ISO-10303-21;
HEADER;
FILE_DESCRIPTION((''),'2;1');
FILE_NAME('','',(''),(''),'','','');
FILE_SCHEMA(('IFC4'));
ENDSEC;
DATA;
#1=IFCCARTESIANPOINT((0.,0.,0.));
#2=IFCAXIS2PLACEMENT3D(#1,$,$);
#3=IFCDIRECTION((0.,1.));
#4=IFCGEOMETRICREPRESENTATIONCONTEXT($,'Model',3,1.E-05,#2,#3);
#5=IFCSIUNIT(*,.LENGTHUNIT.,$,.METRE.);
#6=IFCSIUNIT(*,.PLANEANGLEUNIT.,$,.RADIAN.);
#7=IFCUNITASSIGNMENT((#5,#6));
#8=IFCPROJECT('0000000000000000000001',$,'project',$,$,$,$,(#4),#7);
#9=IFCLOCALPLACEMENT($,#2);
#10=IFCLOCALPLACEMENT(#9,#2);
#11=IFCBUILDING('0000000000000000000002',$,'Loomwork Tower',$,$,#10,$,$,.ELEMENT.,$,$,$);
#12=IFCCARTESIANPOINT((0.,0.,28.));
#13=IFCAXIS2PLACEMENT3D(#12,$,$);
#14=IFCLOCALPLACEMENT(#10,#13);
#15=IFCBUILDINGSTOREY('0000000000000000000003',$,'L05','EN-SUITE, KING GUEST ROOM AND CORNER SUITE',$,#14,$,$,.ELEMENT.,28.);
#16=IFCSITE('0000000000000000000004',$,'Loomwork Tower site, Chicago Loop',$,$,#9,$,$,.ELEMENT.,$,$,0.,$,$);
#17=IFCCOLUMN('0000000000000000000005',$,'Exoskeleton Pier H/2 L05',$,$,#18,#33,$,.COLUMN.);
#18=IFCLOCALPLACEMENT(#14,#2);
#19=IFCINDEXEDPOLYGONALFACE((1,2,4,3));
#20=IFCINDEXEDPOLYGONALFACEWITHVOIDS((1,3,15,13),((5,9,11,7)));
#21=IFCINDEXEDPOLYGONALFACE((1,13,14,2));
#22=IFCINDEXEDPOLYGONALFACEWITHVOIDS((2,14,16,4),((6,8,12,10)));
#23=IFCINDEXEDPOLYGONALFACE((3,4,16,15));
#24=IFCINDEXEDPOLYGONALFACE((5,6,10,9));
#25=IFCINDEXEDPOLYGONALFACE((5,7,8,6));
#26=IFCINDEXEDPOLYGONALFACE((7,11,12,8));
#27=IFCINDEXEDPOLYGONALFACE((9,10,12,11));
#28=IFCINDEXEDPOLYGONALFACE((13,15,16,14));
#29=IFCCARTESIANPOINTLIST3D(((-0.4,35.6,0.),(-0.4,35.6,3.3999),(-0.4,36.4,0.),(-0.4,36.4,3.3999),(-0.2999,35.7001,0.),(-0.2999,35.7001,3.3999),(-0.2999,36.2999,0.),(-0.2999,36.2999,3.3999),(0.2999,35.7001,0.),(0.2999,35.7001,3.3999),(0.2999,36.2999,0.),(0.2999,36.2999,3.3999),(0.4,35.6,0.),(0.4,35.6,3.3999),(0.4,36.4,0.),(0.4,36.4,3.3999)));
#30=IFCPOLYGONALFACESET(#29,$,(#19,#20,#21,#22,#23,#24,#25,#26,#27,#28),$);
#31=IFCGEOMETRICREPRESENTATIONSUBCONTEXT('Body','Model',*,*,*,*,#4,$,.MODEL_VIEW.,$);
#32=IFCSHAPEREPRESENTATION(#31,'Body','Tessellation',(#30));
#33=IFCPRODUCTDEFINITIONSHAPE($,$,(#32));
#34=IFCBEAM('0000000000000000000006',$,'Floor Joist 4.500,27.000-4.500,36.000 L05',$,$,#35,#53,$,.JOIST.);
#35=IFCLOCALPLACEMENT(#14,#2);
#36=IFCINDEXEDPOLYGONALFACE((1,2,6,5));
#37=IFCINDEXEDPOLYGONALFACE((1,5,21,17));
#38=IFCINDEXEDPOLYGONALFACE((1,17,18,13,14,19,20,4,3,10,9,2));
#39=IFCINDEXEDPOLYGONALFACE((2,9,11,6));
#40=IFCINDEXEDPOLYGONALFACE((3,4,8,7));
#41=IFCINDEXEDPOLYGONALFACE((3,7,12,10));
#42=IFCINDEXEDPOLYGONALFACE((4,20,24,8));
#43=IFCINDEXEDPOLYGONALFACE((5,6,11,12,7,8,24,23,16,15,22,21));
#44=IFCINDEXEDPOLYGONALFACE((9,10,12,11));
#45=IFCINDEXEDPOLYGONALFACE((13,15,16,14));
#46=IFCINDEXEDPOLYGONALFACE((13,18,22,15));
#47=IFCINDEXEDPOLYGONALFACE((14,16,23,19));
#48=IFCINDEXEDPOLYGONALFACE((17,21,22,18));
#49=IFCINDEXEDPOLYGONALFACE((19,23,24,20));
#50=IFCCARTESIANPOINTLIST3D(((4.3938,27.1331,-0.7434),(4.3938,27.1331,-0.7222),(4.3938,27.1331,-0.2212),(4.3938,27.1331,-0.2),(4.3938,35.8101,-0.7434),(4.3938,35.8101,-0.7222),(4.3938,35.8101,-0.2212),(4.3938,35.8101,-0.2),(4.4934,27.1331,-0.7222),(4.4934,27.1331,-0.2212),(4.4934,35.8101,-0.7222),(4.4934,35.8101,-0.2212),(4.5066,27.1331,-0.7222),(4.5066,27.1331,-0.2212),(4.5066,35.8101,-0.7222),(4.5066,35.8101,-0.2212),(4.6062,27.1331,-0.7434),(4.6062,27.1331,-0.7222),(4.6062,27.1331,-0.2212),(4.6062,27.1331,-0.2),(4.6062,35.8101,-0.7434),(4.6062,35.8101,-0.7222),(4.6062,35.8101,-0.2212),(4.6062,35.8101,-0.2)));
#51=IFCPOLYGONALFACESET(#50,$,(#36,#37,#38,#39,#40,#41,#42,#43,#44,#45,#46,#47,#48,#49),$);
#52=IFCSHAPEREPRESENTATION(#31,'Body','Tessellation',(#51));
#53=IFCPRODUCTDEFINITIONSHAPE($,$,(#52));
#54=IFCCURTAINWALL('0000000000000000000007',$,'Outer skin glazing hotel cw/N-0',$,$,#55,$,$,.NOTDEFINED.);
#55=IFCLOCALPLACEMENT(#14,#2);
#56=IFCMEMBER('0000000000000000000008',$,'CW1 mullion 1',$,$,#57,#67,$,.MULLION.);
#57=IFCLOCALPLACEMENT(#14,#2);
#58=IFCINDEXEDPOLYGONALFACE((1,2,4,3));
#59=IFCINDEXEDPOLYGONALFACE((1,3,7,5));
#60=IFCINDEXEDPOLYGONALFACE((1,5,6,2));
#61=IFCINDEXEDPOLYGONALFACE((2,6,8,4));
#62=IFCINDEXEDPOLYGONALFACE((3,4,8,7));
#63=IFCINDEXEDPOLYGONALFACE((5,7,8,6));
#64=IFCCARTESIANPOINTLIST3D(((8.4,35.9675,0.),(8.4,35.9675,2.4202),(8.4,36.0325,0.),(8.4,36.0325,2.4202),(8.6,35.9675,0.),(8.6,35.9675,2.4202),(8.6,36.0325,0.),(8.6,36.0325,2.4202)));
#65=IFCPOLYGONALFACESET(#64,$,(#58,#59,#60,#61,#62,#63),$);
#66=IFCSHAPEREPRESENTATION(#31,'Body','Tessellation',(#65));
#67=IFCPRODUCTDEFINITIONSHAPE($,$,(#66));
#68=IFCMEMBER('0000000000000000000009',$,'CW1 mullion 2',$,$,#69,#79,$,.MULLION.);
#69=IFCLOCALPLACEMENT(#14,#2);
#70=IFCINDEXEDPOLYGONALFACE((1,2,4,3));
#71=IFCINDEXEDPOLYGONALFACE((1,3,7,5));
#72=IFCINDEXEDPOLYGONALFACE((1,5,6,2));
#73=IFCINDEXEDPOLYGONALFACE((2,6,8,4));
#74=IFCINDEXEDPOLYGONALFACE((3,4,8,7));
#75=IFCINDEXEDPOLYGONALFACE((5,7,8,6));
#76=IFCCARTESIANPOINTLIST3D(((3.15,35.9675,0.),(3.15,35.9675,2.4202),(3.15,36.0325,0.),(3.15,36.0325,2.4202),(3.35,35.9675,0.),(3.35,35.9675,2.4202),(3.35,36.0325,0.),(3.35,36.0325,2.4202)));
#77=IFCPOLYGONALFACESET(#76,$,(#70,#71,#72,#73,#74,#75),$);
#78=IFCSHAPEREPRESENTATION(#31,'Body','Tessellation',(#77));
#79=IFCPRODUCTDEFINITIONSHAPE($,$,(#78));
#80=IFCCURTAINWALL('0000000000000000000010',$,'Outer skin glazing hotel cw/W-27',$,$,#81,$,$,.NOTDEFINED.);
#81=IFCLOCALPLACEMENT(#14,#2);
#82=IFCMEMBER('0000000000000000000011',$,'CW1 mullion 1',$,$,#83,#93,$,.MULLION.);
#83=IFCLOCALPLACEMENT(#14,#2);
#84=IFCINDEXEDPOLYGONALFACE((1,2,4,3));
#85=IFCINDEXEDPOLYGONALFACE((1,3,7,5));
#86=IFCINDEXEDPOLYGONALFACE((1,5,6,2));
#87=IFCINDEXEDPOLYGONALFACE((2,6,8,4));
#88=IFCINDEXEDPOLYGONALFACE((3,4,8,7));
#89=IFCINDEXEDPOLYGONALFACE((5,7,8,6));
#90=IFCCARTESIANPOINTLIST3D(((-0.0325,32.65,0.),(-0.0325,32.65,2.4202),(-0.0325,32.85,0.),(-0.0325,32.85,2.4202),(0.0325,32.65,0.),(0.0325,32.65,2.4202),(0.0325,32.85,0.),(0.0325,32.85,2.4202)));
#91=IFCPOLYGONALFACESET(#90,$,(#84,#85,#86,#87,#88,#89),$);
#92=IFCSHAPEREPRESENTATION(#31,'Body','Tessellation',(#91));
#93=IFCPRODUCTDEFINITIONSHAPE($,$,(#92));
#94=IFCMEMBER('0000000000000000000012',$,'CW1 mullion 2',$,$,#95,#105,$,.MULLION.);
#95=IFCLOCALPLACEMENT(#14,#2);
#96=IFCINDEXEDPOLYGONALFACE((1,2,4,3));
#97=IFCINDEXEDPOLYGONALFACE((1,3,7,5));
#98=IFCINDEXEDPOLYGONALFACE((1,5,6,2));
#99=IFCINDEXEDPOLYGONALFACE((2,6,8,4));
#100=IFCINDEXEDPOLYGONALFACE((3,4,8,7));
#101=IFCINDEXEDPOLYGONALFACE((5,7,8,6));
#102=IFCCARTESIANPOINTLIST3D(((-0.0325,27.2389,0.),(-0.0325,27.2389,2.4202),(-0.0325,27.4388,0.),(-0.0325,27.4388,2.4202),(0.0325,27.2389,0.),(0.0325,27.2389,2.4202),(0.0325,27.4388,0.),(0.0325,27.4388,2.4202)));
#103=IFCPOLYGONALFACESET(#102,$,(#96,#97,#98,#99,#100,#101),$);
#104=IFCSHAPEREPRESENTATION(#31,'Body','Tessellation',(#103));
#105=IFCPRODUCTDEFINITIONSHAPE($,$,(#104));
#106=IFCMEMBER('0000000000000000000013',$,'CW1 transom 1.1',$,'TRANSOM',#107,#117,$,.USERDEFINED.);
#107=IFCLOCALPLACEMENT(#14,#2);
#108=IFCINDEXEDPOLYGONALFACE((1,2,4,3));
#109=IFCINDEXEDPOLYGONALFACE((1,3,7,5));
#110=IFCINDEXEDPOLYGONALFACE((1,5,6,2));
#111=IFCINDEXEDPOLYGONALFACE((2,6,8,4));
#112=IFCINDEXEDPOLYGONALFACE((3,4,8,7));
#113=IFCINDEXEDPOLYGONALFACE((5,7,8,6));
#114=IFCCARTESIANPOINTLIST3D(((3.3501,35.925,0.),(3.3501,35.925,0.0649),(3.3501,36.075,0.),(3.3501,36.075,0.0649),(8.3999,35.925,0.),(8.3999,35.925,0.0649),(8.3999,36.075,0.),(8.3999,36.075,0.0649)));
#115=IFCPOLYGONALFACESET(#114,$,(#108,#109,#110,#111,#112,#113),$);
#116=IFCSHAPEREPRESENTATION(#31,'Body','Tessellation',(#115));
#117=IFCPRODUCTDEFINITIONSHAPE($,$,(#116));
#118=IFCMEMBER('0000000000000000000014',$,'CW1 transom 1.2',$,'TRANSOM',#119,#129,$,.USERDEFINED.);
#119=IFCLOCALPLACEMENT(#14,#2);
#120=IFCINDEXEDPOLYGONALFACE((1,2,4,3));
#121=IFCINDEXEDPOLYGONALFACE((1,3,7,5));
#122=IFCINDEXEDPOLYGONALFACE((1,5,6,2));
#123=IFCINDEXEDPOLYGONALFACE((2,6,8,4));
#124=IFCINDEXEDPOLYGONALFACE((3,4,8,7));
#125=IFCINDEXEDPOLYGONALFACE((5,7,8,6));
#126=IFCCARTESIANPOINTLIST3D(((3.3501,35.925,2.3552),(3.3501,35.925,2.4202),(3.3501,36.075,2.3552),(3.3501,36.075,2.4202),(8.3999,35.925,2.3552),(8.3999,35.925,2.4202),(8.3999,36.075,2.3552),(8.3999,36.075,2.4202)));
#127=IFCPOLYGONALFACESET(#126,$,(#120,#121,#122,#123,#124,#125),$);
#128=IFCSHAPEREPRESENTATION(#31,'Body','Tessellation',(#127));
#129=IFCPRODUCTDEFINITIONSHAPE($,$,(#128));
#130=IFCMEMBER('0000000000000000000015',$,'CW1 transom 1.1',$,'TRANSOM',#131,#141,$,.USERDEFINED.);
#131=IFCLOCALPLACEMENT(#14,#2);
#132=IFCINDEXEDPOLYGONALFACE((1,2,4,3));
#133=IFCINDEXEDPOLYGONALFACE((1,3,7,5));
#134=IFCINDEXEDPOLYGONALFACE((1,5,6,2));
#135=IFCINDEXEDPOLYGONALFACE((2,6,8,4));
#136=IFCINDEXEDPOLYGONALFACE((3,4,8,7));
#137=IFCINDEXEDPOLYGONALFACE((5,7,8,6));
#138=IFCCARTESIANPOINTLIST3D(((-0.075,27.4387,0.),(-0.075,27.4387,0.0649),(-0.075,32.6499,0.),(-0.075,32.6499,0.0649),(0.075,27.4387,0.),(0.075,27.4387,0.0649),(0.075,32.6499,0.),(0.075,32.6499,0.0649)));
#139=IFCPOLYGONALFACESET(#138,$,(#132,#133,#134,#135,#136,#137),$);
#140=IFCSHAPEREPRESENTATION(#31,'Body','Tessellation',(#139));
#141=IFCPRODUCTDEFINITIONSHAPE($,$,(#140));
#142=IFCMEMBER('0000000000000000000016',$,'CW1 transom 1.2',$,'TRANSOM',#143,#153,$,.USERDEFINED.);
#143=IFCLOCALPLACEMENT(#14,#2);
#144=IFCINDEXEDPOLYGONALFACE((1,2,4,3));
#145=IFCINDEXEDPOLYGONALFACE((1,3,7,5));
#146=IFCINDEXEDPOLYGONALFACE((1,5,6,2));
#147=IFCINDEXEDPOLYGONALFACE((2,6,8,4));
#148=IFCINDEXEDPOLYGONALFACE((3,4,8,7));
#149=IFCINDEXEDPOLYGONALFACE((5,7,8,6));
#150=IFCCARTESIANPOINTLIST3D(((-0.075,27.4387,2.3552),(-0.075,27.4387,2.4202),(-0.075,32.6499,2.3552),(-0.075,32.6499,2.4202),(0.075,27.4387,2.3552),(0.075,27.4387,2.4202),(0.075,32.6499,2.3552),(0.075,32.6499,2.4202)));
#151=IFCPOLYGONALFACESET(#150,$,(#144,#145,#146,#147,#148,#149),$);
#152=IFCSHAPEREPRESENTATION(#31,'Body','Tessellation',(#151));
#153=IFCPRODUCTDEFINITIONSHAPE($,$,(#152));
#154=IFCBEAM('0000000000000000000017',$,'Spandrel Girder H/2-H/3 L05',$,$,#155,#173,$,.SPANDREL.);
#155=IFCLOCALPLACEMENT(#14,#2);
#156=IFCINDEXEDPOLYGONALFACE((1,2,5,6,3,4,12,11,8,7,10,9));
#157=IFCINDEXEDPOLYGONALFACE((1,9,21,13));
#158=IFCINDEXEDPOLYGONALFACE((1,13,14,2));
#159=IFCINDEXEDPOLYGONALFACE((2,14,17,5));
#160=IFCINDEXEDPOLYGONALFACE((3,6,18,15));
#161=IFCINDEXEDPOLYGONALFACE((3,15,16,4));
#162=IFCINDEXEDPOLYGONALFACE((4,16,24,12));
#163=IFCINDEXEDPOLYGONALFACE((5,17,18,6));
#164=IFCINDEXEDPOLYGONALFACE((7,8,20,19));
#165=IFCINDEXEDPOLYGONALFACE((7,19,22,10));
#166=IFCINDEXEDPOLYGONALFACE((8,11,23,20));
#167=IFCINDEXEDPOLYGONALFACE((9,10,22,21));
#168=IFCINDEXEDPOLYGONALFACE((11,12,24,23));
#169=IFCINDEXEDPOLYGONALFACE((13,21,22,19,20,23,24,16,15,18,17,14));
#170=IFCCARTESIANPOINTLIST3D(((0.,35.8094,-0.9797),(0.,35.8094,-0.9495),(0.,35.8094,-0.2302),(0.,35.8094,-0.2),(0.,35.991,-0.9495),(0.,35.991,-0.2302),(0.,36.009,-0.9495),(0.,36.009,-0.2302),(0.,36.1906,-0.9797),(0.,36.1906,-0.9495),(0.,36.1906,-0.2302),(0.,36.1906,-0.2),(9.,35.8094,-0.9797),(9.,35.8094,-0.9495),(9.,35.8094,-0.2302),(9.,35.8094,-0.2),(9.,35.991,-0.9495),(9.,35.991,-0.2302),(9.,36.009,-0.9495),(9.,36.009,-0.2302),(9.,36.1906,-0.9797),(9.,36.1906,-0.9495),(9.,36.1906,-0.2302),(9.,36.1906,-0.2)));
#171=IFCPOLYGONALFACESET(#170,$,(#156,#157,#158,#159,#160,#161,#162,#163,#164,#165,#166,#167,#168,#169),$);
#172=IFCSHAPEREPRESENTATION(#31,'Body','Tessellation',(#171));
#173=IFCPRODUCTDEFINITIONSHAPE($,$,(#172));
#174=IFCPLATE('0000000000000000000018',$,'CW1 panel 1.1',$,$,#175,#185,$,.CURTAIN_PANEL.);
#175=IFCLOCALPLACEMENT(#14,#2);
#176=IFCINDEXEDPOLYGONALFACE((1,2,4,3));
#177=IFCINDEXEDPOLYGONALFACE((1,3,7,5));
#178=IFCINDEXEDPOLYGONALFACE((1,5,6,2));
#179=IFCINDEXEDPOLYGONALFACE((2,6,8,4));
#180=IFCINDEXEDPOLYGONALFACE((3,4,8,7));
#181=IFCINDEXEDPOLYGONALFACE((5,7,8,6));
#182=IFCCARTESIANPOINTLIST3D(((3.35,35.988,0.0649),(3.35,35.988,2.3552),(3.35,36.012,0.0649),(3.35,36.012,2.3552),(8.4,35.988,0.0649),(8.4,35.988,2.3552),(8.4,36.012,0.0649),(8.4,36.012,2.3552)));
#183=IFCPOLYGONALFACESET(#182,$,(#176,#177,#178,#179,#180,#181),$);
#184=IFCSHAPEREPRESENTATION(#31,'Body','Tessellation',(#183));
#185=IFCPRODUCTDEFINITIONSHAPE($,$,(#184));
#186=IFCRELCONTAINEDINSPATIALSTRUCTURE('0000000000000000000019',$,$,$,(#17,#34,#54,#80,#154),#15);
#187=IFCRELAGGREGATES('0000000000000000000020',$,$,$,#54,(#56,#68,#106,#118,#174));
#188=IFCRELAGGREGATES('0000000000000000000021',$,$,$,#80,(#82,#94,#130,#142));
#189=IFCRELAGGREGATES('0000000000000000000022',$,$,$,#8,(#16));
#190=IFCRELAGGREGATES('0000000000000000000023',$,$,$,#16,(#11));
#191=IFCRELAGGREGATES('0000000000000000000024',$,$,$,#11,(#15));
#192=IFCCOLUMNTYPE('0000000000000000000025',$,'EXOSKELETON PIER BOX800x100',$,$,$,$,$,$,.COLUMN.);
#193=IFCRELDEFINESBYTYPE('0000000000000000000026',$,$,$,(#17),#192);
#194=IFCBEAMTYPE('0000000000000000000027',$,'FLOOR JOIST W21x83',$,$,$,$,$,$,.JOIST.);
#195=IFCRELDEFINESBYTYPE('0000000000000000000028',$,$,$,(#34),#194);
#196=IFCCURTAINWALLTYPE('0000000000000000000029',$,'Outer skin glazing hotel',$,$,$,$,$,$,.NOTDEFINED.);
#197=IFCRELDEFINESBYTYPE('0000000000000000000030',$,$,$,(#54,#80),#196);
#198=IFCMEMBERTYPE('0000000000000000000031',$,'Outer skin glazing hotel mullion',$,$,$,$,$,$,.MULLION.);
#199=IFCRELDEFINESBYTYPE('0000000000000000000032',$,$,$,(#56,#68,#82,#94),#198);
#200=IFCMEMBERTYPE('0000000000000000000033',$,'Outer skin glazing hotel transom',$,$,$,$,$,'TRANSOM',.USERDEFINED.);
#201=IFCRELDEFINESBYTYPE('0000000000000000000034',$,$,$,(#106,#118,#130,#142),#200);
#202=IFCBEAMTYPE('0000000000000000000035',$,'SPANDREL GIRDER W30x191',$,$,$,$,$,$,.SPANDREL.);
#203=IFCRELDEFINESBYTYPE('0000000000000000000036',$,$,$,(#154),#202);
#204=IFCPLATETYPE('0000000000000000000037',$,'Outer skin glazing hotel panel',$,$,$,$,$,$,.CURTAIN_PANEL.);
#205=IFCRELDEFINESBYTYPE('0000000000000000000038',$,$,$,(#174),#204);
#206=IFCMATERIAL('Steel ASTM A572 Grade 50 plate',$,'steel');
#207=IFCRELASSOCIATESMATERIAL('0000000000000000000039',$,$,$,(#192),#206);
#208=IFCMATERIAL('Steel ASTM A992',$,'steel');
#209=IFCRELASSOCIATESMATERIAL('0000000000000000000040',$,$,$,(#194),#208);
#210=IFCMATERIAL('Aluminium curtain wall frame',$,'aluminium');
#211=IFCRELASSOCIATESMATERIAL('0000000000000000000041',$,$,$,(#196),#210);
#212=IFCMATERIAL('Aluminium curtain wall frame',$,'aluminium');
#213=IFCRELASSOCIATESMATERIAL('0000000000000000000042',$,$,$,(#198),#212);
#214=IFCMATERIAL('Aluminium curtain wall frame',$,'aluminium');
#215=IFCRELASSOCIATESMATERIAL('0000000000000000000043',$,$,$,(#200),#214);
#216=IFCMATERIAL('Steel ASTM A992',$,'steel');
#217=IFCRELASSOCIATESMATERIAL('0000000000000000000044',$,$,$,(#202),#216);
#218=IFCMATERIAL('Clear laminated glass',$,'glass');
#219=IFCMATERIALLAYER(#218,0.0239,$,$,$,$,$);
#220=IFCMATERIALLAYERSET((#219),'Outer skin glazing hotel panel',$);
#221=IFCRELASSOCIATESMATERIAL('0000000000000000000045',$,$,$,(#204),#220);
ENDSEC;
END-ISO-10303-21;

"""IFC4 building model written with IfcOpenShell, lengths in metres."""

from ifc_helpers import new_model, si_unit, direction, frame, origin, origin_2d, place, context, subcontext, project, spatial, rectangle, hollow_rectangle, i_section, extrude, material, layer, layer_set, material_profile, profile_set, type_object, element, aggregate, save


model = new_model("IFC4")

# Units and contexts
model_context = context("Model", 3, precision=1e-05, world=origin(), true_north=direction((0.0, 1.0)))
body_context = subcontext(model_context, "Body", "Model", "MODEL_VIEW")
ifc_project = project(units=[si_unit("LENGTHUNIT", "METRE"), si_unit("PLANEANGLEUNIT", "RADIAN")], contexts=[model_context])

# Site, building, storey
site_placement = place(None, origin())
site = spatial("IfcSite", under=ifc_project, at=site_placement, Name="Loomwork Tower site, Chicago Loop", CompositionType="ELEMENT", RefElevation=0.0)
building_placement = place(site_placement, origin())
building = spatial("IfcBuilding", under=site, at=building_placement, Name="Loomwork Tower", CompositionType="ELEMENT")
storey_placement = place(building_placement, frame((0.0, 0.0, 28.0)))
storey = spatial("IfcBuildingStorey", under=building, at=storey_placement, Name="L05", Description="EN-SUITE, KING GUEST ROOM AND CORNER SUITE", CompositionType="ELEMENT", Elevation=28.0)

# Column
ifc_material_1 = material(Name="Steel ASTM A572 Grade 50 plate", Category="steel")
ifc_material_profile_1 = material_profile(ifc_material_1, hollow_rectangle(XDim=0.8, YDim=0.8, WallThickness=0.1001, at=origin_2d()), Name="BOX800x100")
ifc_profile_set_1 = profile_set([ifc_material_profile_1], Name="Steel ASTM A572 Grade 50 plate")
column_type = type_object("IfcColumnType", Name="EXOSKELETON PIER BOX800x100", PredefinedType="COLUMN", material=ifc_profile_set_1)
column_placement = place(storey_placement, frame((0.0, 36.0, 0.0), z_axis=(0.0, 0.0, 1.0), x_axis=(1.0, 0.0, 0.0)))
element("IfcColumn", 1, at=column_placement, inside=storey, type_object=column_type, Name="Exoskeleton Pier H/2 L05", PredefinedType="COLUMN", context=body_context, shape_type="SweptSolid", body=[
    extrude(hollow_rectangle(XDim=0.8, YDim=0.8, WallThickness=0.1001, at=origin_2d()), origin(), (0.0, 0.0, 1.0), 3.3999),
])

# Beam
ifc_material_2 = material(Name="Steel ASTM A992", Category="steel")
ifc_material_profile_2 = material_profile(ifc_material_2, i_section(OverallWidth=0.2124, OverallDepth=0.5435, WebThickness=0.0132, FlangeThickness=0.0212, at=origin_2d()), Name="W21x83")
ifc_profile_set_2 = profile_set([ifc_material_profile_2], Name="Steel ASTM A992")
beam_type_1 = type_object("IfcBeamType", Name="FLOOR JOIST W21x83", PredefinedType="JOIST", material=ifc_profile_set_2)
beam_1_placement = place(storey_placement, frame((4.5, 27.1331, -0.4717), z_axis=(0.0, 1.0, 0.0), x_axis=(-1.0, 0.0, 0.0)))
element("IfcBeam", 2, at=beam_1_placement, inside=storey, type_object=beam_type_1, Name="Floor Joist 4.500,27.000-4.500,36.000 L05", PredefinedType="JOIST", context=body_context, shape_type="SweptSolid", body=[
    extrude(i_section(OverallWidth=0.2124, OverallDepth=0.5435, WebThickness=0.0132, FlangeThickness=0.0212, at=origin_2d()), origin(), (0.0, 0.0, 1.0), 8.677),
])

# Curtain walls, members
ifc_material_3 = material(Name="Aluminium curtain wall frame", Category="aluminium")
curtain_wall_type = type_object("IfcCurtainWallType", Name="Outer skin glazing hotel", PredefinedType="NOTDEFINED", material=ifc_material_3)
curtain_wall_1_placement = place(storey_placement, origin())
curtain_wall_1 = element("IfcCurtainWall", 3, at=curtain_wall_1_placement, inside=storey, type_object=curtain_wall_type, Name="Outer skin glazing hotel cw/N-0", PredefinedType="NOTDEFINED")
ifc_material_4 = material(Name="Aluminium curtain wall frame", Category="aluminium")
ifc_material_profile_3 = material_profile(ifc_material_4, rectangle(XDim=0.0649, YDim=0.2, at=origin_2d()), Name="AL 65x200")
ifc_profile_set_3 = profile_set([ifc_material_profile_3], Name="Aluminium curtain wall frame")
member_type_1 = type_object("IfcMemberType", Name="Outer skin glazing hotel mullion", PredefinedType="MULLION", material=ifc_profile_set_3)
member_1_placement = place(storey_placement, frame((8.5, 36.0, 0.0), z_axis=(0.0, 0.0, 1.0), x_axis=(0.0, -1.0, 0.0)))
member_1 = element("IfcMember", 4, at=member_1_placement, type_object=member_type_1, Name="CW1 mullion 1", PredefinedType="MULLION", context=body_context, shape_type="SweptSolid", body=[
    extrude(rectangle(XDim=0.0649, YDim=0.2, at=origin_2d()), origin(), (0.0, 0.0, 1.0), 2.4202),
])
member_2_placement = place(storey_placement, frame((3.25, 36.0, 0.0), z_axis=(0.0, 0.0, 1.0), x_axis=(0.0, -1.0, 0.0)))
member_2 = element("IfcMember", 5, at=member_2_placement, type_object=member_type_1, Name="CW1 mullion 2", PredefinedType="MULLION", context=body_context, shape_type="SweptSolid", body=[
    extrude(rectangle(XDim=0.0649, YDim=0.2, at=origin_2d()), origin(), (0.0, 0.0, 1.0), 2.4202),
])
curtain_wall_2_placement = place(storey_placement, origin())
curtain_wall_2 = element("IfcCurtainWall", 6, at=curtain_wall_2_placement, inside=storey, type_object=curtain_wall_type, Name="Outer skin glazing hotel cw/W-27", PredefinedType="NOTDEFINED")
member_3_placement = place(storey_placement, frame((0.0, 32.75, 0.0), z_axis=(0.0, 0.0, 1.0), x_axis=(1.0, 0.0, 0.0)))
member_3 = element("IfcMember", 7, at=member_3_placement, type_object=member_type_1, Name="CW1 mullion 1", PredefinedType="MULLION", context=body_context, shape_type="SweptSolid", body=[
    extrude(rectangle(XDim=0.0649, YDim=0.2, at=origin_2d()), origin(), (0.0, 0.0, 1.0), 2.4202),
])
member_4_placement = place(storey_placement, frame((0.0, 27.3389, 0.0), z_axis=(0.0, 0.0, 1.0), x_axis=(1.0, 0.0, 0.0)))
member_4 = element("IfcMember", 8, at=member_4_placement, type_object=member_type_1, Name="CW1 mullion 2", PredefinedType="MULLION", context=body_context, shape_type="SweptSolid", body=[
    extrude(rectangle(XDim=0.0649, YDim=0.2, at=origin_2d()), origin(), (0.0, 0.0, 1.0), 2.4202),
])

# Members
ifc_material_5 = material(Name="Aluminium curtain wall frame", Category="aluminium")
ifc_material_profile_4 = material_profile(ifc_material_5, rectangle(XDim=0.1499, YDim=0.0649, at=origin_2d()), Name="AL 65x150")
ifc_profile_set_4 = profile_set([ifc_material_profile_4], Name="Aluminium curtain wall frame")
member_type_2 = type_object("IfcMemberType", Name="Outer skin glazing hotel transom", ElementType="TRANSOM", PredefinedType="USERDEFINED", material=ifc_profile_set_4)
member_5_placement = place(storey_placement, frame((8.3999, 36.0, 0.0325), z_axis=(-1.0, 0.0, 0.0), x_axis=(0.0, -1.0, 0.0)))
member_5 = element("IfcMember", 9, at=member_5_placement, type_object=member_type_2, Name="CW1 transom 1.1", ObjectType="TRANSOM", PredefinedType="USERDEFINED", context=body_context, shape_type="SweptSolid", body=[
    extrude(rectangle(XDim=0.1499, YDim=0.0649, at=origin_2d()), origin(), (0.0, 0.0, 1.0), 5.0498),
])
member_6_placement = place(storey_placement, frame((8.3999, 36.0, 2.3877), z_axis=(-1.0, 0.0, 0.0), x_axis=(0.0, -1.0, 0.0)))
member_6 = element("IfcMember", 10, at=member_6_placement, type_object=member_type_2, Name="CW1 transom 1.2", ObjectType="TRANSOM", PredefinedType="USERDEFINED", context=body_context, shape_type="SweptSolid", body=[
    extrude(rectangle(XDim=0.1499, YDim=0.0649, at=origin_2d()), origin(), (0.0, 0.0, 1.0), 5.0498),
])
member_7_placement = place(storey_placement, frame((0.0, 32.6499, 0.0325), z_axis=(0.0, -1.0, 0.0), x_axis=(1.0, 0.0, 0.0)))
member_7 = element("IfcMember", 11, at=member_7_placement, type_object=member_type_2, Name="CW1 transom 1.1", ObjectType="TRANSOM", PredefinedType="USERDEFINED", context=body_context, shape_type="SweptSolid", body=[
    extrude(rectangle(XDim=0.1499, YDim=0.0649, at=origin_2d()), origin(), (0.0, 0.0, 1.0), 5.2112),
])
member_8_placement = place(storey_placement, frame((0.0, 32.6499, 2.3877), z_axis=(0.0, -1.0, 0.0), x_axis=(1.0, 0.0, 0.0)))
member_8 = element("IfcMember", 12, at=member_8_placement, type_object=member_type_2, Name="CW1 transom 1.2", ObjectType="TRANSOM", PredefinedType="USERDEFINED", context=body_context, shape_type="SweptSolid", body=[
    extrude(rectangle(XDim=0.1499, YDim=0.0649, at=origin_2d()), origin(), (0.0, 0.0, 1.0), 5.2112),
])

# Beam
ifc_material_6 = material(Name="Steel ASTM A992", Category="steel")
ifc_material_profile_5 = material_profile(ifc_material_6, i_section(OverallWidth=0.3811, OverallDepth=0.7798, WebThickness=0.0181, FlangeThickness=0.0303, at=origin_2d()), Name="W30x191")
ifc_profile_set_5 = profile_set([ifc_material_profile_5], Name="Steel ASTM A992")
beam_type_2 = type_object("IfcBeamType", Name="SPANDREL GIRDER W30x191", PredefinedType="SPANDREL", material=ifc_profile_set_5)
beam_2_placement = place(storey_placement, frame((0.0, 36.0, -0.5898), z_axis=(1.0, 0.0, 0.0), x_axis=(0.0, 1.0, 0.0)))
element("IfcBeam", 13, at=beam_2_placement, inside=storey, type_object=beam_type_2, Name="Spandrel Girder H/2-H/3 L05", PredefinedType="SPANDREL", context=body_context, shape_type="SweptSolid", body=[
    extrude(i_section(OverallWidth=0.3811, OverallDepth=0.7798, WebThickness=0.0181, FlangeThickness=0.0303, at=origin_2d()), origin(), (0.0, 0.0, 1.0), 9.0),
])

# Plate
ifc_material_7 = material(Name="Clear laminated glass", Category="glass")
ifc_layer_1 = layer(ifc_material_7, 0.0239)
ifc_layer_set_1 = layer_set([ifc_layer_1], Name="Outer skin glazing hotel panel")
plate_type = type_object("IfcPlateType", Name="Outer skin glazing hotel panel", PredefinedType="CURTAIN_PANEL", material=ifc_layer_set_1)
plate_1_placement = place(storey_placement, frame((5.875, 36.0, 0.0649), z_axis=(0.0, 0.0, 1.0), x_axis=(-1.0, 0.0, 0.0)))
plate_1 = element("IfcPlate", 14, at=plate_1_placement, type_object=plate_type, Name="CW1 panel 1.1", PredefinedType="CURTAIN_PANEL", context=body_context, shape_type="SweptSolid", body=[
    extrude(rectangle(XDim=5.05, YDim=0.0239, at=origin_2d()), origin(), (0.0, 0.0, 1.0), 2.2903),
])
aggregate(curtain_wall_1, [member_1, member_2, member_5, member_6, plate_1])
aggregate(curtain_wall_2, [member_3, member_4, member_7, member_8])

save(model, "model.ifc")
